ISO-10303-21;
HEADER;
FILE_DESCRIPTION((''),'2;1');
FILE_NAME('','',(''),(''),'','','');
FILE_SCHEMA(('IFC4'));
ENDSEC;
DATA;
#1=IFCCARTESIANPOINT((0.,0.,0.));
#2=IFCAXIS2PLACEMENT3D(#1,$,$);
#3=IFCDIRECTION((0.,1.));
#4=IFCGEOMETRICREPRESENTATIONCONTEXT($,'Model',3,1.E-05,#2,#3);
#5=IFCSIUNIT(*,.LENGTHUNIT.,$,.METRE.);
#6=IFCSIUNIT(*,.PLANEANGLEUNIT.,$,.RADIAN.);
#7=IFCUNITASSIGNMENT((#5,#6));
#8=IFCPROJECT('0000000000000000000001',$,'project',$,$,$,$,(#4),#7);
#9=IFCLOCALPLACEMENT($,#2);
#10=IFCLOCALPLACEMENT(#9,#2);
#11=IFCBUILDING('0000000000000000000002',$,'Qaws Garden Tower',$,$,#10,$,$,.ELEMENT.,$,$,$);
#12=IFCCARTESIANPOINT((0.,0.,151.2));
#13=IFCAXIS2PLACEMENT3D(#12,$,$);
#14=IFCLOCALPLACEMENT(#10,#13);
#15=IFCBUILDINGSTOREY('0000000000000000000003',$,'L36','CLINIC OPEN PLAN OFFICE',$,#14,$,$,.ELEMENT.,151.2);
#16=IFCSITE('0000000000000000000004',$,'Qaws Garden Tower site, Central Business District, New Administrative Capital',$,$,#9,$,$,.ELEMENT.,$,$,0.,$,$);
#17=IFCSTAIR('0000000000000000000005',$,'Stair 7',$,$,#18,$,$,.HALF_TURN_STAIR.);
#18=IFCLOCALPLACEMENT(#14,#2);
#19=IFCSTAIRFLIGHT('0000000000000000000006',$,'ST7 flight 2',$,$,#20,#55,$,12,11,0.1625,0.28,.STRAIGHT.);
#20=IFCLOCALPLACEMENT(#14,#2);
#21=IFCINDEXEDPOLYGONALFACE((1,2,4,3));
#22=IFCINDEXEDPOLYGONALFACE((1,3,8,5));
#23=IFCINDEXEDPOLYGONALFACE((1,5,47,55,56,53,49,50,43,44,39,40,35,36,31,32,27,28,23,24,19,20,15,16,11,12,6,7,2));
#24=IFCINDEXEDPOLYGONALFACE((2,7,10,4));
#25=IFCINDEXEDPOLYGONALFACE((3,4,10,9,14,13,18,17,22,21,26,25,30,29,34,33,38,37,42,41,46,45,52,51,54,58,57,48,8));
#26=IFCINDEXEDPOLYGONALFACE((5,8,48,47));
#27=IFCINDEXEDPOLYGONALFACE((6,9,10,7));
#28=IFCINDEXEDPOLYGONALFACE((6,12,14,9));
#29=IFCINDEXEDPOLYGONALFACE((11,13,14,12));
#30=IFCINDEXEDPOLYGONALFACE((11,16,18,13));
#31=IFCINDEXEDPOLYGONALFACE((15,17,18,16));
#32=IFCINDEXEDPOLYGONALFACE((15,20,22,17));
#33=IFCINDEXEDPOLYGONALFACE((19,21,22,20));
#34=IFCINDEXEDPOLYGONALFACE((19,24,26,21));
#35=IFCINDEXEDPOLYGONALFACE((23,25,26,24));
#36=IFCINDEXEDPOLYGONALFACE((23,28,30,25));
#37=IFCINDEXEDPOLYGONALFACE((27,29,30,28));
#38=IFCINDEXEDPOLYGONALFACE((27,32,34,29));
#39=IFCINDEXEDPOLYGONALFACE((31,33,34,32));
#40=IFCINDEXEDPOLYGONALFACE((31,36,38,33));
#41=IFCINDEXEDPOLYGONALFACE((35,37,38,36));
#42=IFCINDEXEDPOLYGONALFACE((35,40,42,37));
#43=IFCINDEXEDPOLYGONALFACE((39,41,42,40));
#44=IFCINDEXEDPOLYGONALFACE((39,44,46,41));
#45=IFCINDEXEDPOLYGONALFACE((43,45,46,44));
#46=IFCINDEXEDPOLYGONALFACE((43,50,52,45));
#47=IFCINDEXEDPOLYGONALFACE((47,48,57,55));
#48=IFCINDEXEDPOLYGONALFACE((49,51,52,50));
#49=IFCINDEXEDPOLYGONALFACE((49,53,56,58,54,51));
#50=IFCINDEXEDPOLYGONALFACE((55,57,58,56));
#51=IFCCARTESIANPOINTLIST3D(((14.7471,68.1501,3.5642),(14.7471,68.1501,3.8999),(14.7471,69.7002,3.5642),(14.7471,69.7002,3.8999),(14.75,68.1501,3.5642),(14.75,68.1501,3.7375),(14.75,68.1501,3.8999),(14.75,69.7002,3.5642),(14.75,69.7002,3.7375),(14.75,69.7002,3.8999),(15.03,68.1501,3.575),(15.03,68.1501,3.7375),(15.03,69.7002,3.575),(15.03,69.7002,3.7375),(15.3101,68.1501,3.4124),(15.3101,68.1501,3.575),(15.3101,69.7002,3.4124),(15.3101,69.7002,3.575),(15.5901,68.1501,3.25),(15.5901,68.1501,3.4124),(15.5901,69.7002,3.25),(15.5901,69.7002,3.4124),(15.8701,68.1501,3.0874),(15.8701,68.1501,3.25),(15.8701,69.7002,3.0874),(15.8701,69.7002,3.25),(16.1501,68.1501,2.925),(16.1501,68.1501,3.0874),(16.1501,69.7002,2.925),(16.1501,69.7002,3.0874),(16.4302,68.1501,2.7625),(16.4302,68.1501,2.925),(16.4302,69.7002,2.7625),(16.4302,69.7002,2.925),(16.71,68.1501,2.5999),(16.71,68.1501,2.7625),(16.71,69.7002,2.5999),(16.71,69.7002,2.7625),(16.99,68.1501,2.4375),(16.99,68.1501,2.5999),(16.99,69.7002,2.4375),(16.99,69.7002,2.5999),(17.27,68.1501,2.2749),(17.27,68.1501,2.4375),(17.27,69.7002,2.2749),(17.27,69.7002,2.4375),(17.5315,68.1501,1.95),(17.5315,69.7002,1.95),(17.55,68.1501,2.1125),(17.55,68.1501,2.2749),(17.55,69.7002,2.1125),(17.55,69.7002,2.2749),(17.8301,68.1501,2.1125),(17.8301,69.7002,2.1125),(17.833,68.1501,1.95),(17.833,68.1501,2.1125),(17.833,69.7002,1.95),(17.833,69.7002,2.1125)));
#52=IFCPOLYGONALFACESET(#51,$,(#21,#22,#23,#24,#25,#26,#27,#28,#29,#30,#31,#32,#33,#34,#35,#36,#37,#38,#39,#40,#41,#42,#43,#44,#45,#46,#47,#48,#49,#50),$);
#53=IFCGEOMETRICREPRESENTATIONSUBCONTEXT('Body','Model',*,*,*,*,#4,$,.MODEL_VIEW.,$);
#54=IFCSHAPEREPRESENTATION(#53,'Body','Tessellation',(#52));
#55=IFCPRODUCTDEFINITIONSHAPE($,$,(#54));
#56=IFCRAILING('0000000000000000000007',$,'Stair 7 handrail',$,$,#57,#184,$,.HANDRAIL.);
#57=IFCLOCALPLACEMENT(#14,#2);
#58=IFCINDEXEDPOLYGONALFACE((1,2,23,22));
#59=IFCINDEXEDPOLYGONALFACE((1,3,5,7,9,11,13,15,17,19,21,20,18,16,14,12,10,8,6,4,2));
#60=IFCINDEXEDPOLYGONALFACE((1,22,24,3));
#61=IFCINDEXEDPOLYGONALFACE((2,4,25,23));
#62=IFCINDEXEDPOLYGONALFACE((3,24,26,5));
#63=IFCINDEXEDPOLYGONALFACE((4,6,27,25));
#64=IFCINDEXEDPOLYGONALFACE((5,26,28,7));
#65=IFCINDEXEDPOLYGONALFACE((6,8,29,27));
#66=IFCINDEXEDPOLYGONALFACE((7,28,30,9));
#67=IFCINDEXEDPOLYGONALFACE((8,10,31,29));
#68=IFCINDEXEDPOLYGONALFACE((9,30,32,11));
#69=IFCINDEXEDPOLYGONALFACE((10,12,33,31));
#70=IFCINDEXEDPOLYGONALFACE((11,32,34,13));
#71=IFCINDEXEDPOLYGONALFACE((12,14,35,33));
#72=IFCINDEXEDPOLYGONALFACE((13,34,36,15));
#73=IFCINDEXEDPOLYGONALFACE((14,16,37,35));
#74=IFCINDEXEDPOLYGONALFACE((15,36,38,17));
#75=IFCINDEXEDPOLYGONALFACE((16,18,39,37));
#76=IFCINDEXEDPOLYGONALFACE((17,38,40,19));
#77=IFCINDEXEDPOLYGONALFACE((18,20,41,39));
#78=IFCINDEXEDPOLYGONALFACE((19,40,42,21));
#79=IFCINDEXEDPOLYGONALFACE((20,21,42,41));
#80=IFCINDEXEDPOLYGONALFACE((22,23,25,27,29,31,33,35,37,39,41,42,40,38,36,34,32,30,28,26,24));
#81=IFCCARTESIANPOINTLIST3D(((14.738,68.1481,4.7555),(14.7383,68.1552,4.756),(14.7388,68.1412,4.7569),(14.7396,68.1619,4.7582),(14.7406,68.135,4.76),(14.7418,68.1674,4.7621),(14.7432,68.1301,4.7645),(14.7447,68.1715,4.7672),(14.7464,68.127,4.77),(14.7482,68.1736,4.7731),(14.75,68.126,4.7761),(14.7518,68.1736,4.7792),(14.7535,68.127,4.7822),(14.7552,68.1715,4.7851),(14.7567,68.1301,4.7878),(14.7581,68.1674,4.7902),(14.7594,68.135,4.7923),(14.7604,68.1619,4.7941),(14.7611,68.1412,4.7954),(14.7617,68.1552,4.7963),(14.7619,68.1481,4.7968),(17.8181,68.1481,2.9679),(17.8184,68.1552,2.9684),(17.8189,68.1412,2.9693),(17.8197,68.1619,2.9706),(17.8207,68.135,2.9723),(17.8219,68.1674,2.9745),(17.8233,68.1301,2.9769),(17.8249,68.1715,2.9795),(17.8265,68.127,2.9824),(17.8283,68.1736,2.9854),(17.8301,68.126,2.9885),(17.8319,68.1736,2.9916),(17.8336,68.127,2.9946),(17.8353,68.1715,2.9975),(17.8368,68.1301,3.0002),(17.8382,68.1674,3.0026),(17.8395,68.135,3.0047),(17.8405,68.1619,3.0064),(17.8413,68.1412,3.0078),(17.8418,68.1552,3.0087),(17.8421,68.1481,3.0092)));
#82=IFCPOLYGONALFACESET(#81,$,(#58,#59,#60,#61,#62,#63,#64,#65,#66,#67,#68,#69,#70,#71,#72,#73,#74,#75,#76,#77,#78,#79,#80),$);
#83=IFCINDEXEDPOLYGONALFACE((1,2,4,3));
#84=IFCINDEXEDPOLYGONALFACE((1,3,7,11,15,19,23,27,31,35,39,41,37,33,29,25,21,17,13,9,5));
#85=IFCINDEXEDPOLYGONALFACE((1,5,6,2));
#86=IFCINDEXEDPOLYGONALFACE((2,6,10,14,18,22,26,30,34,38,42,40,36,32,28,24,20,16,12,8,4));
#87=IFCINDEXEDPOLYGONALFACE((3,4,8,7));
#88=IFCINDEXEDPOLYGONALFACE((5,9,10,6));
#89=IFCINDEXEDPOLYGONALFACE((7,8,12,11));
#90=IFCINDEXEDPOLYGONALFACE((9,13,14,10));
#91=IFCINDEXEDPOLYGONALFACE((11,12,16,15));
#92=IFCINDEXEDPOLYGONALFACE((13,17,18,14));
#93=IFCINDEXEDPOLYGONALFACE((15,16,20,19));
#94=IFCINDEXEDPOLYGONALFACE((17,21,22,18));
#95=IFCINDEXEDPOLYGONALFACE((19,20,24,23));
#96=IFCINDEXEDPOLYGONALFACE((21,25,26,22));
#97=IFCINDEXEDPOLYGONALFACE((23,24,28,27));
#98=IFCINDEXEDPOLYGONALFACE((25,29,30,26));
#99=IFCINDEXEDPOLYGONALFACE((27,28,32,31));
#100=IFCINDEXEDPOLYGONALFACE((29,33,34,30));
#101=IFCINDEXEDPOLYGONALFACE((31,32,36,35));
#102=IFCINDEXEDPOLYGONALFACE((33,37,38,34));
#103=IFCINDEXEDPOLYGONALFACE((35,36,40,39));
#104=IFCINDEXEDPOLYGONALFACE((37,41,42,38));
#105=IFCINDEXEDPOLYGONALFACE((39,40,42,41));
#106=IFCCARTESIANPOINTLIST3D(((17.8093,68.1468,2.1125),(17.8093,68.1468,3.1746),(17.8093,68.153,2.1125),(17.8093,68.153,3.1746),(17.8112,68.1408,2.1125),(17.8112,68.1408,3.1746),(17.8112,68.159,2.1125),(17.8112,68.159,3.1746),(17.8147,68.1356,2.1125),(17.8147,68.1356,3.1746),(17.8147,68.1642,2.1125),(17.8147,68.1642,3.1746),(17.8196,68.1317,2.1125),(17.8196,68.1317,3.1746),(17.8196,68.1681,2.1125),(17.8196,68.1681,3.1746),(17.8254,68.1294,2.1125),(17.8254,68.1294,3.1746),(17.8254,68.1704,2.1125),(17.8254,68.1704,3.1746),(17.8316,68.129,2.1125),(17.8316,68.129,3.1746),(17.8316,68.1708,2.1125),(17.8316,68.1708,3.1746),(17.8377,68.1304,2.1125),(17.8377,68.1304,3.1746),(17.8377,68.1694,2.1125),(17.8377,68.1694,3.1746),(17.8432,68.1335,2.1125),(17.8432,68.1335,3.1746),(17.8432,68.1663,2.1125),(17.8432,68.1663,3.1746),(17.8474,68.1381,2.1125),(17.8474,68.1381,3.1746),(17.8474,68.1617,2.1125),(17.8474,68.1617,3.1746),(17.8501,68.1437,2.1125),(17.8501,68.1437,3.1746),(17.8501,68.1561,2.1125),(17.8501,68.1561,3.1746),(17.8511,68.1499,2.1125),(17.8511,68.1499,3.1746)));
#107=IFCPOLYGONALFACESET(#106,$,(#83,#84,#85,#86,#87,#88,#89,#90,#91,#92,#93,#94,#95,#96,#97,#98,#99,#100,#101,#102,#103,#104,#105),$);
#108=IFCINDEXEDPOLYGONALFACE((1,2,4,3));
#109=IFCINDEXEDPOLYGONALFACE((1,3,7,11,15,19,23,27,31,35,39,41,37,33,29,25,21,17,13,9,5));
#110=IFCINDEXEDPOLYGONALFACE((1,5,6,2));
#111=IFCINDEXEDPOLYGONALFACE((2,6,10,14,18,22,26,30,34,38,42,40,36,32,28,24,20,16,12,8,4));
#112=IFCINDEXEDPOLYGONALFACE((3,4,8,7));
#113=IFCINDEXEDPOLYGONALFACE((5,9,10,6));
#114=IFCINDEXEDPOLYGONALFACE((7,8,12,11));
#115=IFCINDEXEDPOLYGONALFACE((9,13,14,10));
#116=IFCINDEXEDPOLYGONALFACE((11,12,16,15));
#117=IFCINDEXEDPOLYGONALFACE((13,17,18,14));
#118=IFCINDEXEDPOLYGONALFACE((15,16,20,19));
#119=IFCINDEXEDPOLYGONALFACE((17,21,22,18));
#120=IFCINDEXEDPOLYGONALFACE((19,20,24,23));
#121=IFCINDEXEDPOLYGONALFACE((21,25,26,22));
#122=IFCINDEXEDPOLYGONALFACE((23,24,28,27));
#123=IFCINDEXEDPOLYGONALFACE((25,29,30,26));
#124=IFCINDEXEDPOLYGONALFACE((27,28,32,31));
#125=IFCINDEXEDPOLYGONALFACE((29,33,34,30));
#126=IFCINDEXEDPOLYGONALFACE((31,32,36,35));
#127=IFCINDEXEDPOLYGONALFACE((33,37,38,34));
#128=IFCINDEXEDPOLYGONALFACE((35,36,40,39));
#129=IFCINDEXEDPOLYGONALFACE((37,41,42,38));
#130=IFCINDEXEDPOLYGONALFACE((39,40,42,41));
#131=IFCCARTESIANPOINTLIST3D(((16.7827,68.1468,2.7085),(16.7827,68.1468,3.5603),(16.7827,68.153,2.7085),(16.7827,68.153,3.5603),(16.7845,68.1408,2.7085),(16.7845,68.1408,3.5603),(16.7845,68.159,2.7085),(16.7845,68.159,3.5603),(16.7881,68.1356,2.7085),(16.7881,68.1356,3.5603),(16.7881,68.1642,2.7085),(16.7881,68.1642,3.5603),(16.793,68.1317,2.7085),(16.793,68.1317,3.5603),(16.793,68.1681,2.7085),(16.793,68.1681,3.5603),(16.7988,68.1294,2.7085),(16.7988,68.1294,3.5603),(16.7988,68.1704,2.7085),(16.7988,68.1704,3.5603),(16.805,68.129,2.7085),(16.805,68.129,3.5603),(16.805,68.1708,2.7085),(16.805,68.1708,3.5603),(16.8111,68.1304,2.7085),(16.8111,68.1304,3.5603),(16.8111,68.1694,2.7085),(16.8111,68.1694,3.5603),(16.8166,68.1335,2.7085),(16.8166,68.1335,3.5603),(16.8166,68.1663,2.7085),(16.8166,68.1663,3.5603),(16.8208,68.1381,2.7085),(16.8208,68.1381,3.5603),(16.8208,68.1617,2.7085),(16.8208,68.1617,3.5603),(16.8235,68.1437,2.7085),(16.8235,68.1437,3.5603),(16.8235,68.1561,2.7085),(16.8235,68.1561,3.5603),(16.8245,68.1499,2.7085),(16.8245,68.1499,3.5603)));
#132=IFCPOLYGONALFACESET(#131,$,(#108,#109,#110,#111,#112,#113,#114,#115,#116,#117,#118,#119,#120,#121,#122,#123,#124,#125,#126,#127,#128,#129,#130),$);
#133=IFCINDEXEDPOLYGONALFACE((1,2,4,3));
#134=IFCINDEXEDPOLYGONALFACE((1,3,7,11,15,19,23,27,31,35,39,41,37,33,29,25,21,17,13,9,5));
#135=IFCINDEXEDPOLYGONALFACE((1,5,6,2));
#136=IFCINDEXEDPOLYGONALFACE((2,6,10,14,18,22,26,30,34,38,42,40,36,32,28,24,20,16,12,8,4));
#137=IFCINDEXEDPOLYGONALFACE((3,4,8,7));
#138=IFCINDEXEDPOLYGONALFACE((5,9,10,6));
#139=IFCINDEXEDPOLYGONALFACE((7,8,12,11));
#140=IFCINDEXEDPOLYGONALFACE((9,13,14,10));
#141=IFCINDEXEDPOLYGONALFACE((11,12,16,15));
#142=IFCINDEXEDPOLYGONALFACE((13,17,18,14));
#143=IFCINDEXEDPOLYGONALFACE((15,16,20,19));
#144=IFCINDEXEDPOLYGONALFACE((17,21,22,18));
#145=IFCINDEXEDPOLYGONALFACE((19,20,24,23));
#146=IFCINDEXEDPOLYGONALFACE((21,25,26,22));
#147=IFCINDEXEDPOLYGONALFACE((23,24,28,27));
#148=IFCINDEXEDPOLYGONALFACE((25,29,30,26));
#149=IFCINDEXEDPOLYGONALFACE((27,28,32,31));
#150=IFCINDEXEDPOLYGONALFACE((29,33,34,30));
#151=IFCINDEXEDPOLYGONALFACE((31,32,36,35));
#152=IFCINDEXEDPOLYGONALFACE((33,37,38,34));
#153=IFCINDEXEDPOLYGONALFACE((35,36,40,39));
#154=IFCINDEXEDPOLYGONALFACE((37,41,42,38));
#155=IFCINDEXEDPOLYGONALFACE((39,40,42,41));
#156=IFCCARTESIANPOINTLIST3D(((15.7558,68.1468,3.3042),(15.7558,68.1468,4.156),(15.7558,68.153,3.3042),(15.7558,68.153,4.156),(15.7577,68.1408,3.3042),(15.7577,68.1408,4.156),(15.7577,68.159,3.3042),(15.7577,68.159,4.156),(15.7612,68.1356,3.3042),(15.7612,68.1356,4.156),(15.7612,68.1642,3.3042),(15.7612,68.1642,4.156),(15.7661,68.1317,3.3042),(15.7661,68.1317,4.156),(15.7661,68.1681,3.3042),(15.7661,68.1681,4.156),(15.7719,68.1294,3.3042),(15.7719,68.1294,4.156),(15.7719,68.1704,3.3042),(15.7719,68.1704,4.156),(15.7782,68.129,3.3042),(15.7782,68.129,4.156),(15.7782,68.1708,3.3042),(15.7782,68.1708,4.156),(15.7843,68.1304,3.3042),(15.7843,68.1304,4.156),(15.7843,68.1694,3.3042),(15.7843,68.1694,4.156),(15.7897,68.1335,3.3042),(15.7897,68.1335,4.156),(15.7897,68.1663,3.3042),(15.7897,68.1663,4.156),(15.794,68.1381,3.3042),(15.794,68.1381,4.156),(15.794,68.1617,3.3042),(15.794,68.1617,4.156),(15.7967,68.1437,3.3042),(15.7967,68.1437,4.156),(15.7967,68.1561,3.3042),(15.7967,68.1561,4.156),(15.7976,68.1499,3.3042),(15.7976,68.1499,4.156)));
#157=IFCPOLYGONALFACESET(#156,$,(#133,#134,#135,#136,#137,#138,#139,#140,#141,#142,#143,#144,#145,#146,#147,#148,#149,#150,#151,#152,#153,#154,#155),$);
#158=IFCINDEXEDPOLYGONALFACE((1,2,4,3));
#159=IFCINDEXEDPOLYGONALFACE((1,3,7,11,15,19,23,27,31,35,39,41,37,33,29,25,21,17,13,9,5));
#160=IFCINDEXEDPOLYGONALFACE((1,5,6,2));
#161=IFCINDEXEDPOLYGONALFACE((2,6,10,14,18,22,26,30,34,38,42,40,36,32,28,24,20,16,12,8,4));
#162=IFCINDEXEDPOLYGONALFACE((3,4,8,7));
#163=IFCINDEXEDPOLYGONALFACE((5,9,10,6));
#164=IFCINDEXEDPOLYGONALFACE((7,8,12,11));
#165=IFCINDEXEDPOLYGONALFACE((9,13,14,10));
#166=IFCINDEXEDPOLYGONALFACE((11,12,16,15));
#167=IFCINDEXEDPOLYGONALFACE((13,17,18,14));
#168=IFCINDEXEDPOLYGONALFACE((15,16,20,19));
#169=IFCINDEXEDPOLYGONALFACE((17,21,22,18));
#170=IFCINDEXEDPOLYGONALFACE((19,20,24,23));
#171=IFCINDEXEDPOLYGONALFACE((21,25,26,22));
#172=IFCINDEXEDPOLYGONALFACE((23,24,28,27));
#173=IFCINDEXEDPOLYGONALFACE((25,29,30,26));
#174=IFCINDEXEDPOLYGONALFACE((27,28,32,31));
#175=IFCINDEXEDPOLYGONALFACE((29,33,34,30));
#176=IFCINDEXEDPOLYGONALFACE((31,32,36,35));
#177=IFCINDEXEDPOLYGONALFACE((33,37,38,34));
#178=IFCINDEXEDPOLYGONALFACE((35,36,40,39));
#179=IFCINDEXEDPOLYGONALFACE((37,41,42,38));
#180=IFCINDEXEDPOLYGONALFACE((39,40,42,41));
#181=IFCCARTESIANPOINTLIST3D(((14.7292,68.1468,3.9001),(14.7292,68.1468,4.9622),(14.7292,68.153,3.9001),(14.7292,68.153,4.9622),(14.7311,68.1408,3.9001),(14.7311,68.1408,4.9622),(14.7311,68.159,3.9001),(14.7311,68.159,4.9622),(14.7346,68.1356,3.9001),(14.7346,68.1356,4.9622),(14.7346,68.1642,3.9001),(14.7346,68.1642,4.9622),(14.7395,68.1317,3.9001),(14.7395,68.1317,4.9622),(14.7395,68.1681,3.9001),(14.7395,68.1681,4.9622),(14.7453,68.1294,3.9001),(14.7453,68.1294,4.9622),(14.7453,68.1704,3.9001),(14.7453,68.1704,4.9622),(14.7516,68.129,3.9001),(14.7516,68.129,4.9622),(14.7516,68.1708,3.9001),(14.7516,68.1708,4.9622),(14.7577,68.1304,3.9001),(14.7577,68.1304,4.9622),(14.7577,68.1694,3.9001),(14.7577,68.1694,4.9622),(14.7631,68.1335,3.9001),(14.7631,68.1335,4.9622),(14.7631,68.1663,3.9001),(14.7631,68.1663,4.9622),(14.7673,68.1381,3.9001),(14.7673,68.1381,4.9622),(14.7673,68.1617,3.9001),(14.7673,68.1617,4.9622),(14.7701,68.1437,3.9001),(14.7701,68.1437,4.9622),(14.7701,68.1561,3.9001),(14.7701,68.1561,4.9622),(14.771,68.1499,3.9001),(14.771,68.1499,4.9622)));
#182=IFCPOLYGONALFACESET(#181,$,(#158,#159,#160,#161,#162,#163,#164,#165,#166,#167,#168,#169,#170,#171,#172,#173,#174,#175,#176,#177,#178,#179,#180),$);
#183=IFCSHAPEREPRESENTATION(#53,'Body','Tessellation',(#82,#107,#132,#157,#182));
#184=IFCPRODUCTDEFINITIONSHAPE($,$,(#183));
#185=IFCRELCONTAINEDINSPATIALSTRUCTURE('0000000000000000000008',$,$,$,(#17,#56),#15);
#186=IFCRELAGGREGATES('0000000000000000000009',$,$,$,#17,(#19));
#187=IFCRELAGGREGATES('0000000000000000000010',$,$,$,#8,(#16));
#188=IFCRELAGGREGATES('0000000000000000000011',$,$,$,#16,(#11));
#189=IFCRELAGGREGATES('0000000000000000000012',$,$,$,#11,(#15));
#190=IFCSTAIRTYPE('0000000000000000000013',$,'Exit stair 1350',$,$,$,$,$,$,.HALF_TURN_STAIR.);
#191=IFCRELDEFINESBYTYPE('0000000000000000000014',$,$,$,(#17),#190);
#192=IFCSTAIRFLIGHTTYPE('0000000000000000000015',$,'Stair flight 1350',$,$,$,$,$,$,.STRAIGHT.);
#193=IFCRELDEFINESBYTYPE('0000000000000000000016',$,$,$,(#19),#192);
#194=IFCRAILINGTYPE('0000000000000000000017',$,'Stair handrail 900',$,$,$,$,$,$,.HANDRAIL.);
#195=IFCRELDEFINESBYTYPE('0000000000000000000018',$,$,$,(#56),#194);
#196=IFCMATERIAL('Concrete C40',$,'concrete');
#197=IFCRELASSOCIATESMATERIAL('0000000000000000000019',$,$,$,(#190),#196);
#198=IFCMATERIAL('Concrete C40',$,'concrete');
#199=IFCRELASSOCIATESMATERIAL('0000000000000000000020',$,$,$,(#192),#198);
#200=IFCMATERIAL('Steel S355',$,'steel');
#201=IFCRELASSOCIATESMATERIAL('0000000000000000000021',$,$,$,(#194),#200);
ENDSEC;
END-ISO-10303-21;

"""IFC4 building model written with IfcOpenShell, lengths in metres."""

from ifc_helpers import new_model, si_unit, direction, frame, origin, origin_2d, place, context, subcontext, project, spatial, polyline, circle, outline, extrude, material, type_object, element, aggregate, save


model = new_model("IFC4")

# Units and contexts
model_context = context("Model", 3, precision=1e-05, world=origin(), true_north=direction((0.0, 1.0)))
body_context = subcontext(model_context, "Body", "Model", "MODEL_VIEW")
ifc_project = project(units=[si_unit("LENGTHUNIT", "METRE"), si_unit("PLANEANGLEUNIT", "RADIAN")], contexts=[model_context])

# Site, building, storey
site_placement = place(None, origin())
site = spatial("IfcSite", under=ifc_project, at=site_placement, Name="Qaws Garden Tower site, Central Business District, New Administrative Capital", CompositionType="ELEMENT", RefElevation=0.0)
building_placement = place(site_placement, origin())
building = spatial("IfcBuilding", under=site, at=building_placement, Name="Qaws Garden Tower", CompositionType="ELEMENT")
storey_placement = place(building_placement, frame((0.0, 0.0, 151.2)))
storey = spatial("IfcBuildingStorey", under=building, at=storey_placement, Name="L36", Description="CLINIC OPEN PLAN OFFICE", CompositionType="ELEMENT", Elevation=151.2)

# Stair, stair flight
ifc_material_1 = material(Name="Concrete C40", Category="concrete")
stair_type = type_object("IfcStairType", Name="Exit stair 1350", PredefinedType="HALF_TURN_STAIR", material=ifc_material_1)
stair_placement = place(storey_placement, origin())
stair = element("IfcStair", 1, at=stair_placement, inside=storey, type_object=stair_type, Name="Stair 7", PredefinedType="HALF_TURN_STAIR")
ifc_material_2 = material(Name="Concrete C40", Category="concrete")
stair_flight_type = type_object("IfcStairFlightType", Name="Stair flight 1350", PredefinedType="STRAIGHT", material=ifc_material_2)
stair_flight_placement = place(storey_placement, frame((17.8301, 68.925, 1.95), z_axis=(0.0, 0.0, 1.0), x_axis=(-1.0, 0.0, 0.0)))
stair_flight = element("IfcStairFlight", 2, at=stair_flight_placement, type_object=stair_flight_type, Name="ST7 flight 2", NumberOfRisers=12, NumberOfTreads=11, PredefinedType="STRAIGHT", RiserHeight=0.1625, TreadLength=0.28, context=body_context, shape_type="SweptSolid", body=[
    extrude(outline(polyline([(-0.0029, 0.0), (-0.0029, 0.1626), (0.0, 0.1626), (0.28, 0.1626), (0.28, 0.325), (0.5601, 0.325), (0.5601, 0.4875), (0.8401, 0.4875), (0.8401, 0.6499), (1.1201, 0.6499), (1.1201, 0.8125), (1.3999, 0.8125), (1.3999, 0.9751), (1.6799, 0.9751), (1.6799, 1.1375), (1.96, 1.1375), (1.96, 1.3), (2.24, 1.3), (2.24, 1.4624), (2.52, 1.4624), (2.52, 1.625), (2.8, 1.625), (2.8, 1.7876), (3.0801, 1.7876), (3.0801, 1.95), (3.083, 1.95), (3.083, 1.6143), (3.0801, 1.6143), (0.2986, 0.0), (-0.0029, 0.0)])), frame((0.0, 0.7749, 0.0), z_axis=(0.0, -1.0, 0.0), x_axis=(1.0, 0.0, 0.0)), (0.0, 0.0, 1.0), 1.55),
])
aggregate(stair, [stair_flight])

# Railing
ifc_material_3 = material(Name="Steel S355", Category="steel")
railing_type = type_object("IfcRailingType", Name="Stair handrail 900", PredefinedType="HANDRAIL", material=ifc_material_3)
railing_placement = place(storey_placement, frame((17.8301, 68.1499, 2.1125)))
element("IfcRailing", 3, at=railing_placement, inside=storey, type_object=railing_type, Name="Stair 7 handrail", PredefinedType="HANDRAIL", context=body_context, shape_type="SweptSolid", body=[
    extrude(circle(Radius=0.0239, at=origin_2d()), frame((0.0, 0.0, 0.876), z_axis=(-0.864891, 0.0, 0.50196), x_axis=(0.0, -1.0, 0.0)), (0.0, 0.0, 1.0), 3.5613),
    extrude(circle(Radius=0.021, at=origin_2d()), origin(), (0.0, 0.0, 1.0), 1.062),
    extrude(circle(Radius=0.021, at=origin_2d()), frame((-1.0266, 0.0, 0.5959)), (0.0, 0.0, 1.0), 0.8518),
    extrude(circle(Radius=0.021, at=origin_2d()), frame((-2.0535, 0.0, 1.1917)), (0.0, 0.0, 1.0), 0.8518),
    extrude(circle(Radius=0.021, at=origin_2d()), frame((-3.0801, 0.0, 1.7876)), (0.0, 0.0, 1.0), 1.062),
])

save(model, "model.ifc")
